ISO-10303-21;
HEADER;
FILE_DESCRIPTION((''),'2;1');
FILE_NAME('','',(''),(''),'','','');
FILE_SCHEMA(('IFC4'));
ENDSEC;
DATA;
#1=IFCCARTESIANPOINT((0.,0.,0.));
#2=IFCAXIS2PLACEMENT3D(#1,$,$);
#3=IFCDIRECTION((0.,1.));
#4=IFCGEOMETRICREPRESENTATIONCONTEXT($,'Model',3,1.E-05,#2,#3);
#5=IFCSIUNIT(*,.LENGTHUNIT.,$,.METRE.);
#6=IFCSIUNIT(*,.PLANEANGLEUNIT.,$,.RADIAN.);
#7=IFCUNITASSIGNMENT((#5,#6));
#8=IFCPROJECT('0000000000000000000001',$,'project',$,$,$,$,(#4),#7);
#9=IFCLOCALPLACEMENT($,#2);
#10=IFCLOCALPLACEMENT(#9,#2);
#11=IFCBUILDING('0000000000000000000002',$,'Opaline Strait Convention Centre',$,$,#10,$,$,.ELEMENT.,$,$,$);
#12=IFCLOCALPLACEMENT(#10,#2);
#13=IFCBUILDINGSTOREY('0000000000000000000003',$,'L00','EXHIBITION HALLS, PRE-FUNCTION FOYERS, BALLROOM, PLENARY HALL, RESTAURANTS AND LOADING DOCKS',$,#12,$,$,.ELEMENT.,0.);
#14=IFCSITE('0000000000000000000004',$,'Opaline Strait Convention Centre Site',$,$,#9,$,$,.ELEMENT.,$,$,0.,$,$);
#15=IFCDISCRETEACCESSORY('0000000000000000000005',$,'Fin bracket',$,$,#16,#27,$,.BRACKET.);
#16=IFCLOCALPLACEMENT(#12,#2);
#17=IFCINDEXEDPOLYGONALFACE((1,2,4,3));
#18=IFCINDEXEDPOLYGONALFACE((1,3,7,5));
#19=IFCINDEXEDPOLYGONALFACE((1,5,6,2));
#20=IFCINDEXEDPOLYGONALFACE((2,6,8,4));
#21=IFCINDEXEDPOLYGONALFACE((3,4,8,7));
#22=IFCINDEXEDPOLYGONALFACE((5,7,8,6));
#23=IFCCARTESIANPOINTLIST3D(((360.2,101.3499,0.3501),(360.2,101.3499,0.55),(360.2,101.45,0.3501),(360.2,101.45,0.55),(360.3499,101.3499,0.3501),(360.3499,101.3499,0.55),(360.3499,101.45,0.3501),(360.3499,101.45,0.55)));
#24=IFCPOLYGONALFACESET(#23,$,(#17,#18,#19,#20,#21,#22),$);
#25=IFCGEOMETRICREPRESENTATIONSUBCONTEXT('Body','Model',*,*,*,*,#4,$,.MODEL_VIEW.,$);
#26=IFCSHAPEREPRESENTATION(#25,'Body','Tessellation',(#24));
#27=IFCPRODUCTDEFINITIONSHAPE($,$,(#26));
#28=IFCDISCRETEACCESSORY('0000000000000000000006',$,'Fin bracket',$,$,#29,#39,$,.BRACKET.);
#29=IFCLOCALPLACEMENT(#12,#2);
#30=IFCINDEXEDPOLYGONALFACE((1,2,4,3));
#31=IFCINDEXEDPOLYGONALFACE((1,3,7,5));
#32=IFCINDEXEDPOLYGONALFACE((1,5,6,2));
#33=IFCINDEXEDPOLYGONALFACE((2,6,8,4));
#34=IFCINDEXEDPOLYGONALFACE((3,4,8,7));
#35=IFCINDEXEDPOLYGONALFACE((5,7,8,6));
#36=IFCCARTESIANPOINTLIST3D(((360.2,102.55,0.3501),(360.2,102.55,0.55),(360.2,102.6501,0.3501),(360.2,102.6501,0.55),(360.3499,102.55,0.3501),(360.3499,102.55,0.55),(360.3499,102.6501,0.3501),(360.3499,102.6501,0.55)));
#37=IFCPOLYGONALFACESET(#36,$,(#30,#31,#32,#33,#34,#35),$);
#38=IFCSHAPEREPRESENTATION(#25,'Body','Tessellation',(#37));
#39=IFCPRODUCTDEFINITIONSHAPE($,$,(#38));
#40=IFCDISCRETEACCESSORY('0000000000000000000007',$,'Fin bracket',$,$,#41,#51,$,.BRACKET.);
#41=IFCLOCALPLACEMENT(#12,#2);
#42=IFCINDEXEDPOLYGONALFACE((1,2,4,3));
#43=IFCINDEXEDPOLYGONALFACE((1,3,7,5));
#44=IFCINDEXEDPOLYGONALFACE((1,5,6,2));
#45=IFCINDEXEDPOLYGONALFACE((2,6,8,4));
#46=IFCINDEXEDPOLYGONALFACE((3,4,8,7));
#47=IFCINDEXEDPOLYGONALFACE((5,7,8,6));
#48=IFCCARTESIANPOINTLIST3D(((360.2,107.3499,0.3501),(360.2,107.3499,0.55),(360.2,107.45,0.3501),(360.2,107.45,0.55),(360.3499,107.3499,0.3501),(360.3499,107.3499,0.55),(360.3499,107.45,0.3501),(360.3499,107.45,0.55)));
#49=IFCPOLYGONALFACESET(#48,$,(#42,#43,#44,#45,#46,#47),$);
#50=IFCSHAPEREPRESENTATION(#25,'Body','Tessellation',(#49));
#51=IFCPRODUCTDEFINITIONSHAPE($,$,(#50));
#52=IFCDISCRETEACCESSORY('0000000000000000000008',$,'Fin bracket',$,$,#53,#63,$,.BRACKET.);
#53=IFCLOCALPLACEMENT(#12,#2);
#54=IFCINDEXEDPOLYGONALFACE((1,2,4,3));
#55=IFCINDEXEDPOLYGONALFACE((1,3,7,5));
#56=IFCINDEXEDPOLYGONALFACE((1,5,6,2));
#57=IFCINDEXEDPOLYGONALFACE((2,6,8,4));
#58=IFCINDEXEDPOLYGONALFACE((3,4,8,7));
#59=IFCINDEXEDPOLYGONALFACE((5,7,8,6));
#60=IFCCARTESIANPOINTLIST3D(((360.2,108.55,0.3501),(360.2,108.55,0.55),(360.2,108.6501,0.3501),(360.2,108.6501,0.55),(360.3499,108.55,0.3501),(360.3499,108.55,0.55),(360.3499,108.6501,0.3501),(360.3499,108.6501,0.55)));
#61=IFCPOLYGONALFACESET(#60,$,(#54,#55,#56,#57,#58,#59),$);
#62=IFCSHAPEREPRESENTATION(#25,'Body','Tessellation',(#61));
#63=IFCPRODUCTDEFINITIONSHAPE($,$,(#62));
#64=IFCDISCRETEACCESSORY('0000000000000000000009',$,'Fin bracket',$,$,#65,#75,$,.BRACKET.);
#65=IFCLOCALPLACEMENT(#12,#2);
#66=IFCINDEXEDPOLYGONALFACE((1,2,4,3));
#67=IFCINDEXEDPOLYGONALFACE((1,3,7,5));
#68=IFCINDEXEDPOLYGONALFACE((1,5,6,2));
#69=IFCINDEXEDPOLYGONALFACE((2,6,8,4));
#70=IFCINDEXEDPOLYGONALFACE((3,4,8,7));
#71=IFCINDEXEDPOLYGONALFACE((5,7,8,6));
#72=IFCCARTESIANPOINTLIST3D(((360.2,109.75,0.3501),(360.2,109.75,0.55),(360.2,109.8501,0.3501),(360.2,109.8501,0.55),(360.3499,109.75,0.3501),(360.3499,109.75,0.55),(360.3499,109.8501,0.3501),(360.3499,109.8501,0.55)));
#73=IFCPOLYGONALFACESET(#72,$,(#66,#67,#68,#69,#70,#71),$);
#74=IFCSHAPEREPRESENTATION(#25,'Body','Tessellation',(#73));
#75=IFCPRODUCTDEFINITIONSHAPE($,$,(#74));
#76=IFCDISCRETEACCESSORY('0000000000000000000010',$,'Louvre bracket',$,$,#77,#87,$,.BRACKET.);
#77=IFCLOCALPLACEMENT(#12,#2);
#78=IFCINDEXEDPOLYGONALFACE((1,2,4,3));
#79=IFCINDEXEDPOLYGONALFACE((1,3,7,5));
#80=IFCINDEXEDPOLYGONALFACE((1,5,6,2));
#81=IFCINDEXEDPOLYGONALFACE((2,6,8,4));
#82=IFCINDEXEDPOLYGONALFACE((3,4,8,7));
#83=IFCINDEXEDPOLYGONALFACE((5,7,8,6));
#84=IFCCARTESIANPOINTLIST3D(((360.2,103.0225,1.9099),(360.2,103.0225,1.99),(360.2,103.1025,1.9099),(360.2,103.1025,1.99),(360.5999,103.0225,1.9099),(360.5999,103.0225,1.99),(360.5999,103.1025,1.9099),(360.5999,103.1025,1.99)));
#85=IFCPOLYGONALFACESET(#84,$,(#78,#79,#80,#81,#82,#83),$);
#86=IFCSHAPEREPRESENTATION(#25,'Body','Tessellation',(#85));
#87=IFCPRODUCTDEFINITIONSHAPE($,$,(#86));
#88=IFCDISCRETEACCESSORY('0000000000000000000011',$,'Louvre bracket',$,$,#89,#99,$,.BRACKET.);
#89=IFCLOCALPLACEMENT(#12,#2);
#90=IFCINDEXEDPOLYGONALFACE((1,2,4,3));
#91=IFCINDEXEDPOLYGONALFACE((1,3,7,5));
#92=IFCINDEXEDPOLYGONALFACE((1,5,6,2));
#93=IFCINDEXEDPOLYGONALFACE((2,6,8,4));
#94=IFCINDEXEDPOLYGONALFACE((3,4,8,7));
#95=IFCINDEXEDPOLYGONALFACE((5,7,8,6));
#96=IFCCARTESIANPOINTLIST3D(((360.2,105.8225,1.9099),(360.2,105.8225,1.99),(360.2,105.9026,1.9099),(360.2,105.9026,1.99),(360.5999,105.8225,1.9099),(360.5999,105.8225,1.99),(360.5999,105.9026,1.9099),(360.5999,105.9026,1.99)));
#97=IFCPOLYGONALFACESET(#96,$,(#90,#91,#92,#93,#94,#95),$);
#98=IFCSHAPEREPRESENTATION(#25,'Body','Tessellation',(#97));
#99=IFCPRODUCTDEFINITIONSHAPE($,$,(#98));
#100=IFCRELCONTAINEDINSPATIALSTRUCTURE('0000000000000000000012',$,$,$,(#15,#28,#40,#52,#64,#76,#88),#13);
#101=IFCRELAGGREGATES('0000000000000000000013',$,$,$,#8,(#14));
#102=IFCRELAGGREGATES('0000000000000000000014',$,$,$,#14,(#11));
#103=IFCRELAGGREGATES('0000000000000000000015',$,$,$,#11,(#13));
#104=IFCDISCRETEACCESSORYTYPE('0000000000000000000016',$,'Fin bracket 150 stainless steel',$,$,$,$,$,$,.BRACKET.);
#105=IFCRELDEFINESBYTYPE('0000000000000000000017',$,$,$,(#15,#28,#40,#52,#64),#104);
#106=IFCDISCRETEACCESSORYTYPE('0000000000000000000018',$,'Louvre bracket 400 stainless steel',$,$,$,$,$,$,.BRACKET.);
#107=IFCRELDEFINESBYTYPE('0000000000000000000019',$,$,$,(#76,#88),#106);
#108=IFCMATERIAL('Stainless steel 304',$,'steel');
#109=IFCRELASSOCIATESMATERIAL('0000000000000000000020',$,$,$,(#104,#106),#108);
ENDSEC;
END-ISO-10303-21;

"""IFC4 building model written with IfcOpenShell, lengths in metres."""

from ifc_helpers import new_model, si_unit, direction, frame, origin, origin_2d, place, context, subcontext, project, spatial, rectangle, extrude, material, type_object, element, save


model = new_model("IFC4")

# Units and contexts
model_context = context("Model", 3, precision=1e-05, world=origin(), true_north=direction((0.0, 1.0)))
body_context = subcontext(model_context, "Body", "Model", "MODEL_VIEW")
ifc_project = project(units=[si_unit("LENGTHUNIT", "METRE"), si_unit("PLANEANGLEUNIT", "RADIAN")], contexts=[model_context])

# Site, building, storey
site_placement = place(None, origin())
site = spatial("IfcSite", under=ifc_project, at=site_placement, Name="Opaline Strait Convention Centre Site", CompositionType="ELEMENT", RefElevation=0.0)
building_placement = place(site_placement, origin())
building = spatial("IfcBuilding", under=site, at=building_placement, Name="Opaline Strait Convention Centre", CompositionType="ELEMENT")
storey_placement = place(building_placement, origin())
storey = spatial("IfcBuildingStorey", under=building, at=storey_placement, Name="L00", Description="EXHIBITION HALLS, PRE-FUNCTION FOYERS, BALLROOM, PLENARY HALL, RESTAURANTS AND LOADING DOCKS", CompositionType="ELEMENT", Elevation=0.0)

# Discrete accessories
ifc_material_1 = material(Name="Stainless steel 304", Category="steel")
discrete_accessory_type_1 = type_object("IfcDiscreteAccessoryType", Name="Fin bracket 150 stainless steel", PredefinedType="BRACKET", material=ifc_material_1)
for number, where, z_axis, x_axis, name in (
    (1, (360.2749, 101.3999, 0.3501), (0.0, 0.0, 1.0), (1.0, 0.0, 0.0), "Fin bracket"),
    (2, (360.2749, 102.6001, 0.3501), (0.0, 0.0, 1.0), (1.0, 0.0, 0.0), "Fin bracket"),
    (3, (360.2749, 107.3999, 0.3501), (0.0, 0.0, 1.0), (1.0, 0.0, 0.0), "Fin bracket"),
    (4, (360.2749, 108.6001, 0.3501), (0.0, 0.0, 1.0), (1.0, 0.0, 0.0), "Fin bracket"),
    (5, (360.2749, 109.8, 0.3501), (0.0, 0.0, 1.0), (1.0, 0.0, 0.0), "Fin bracket"),
):
    element("IfcDiscreteAccessory", number, at=place(storey_placement, frame(where, z_axis=z_axis, x_axis=x_axis)), inside=storey, type_object=discrete_accessory_type_1, Name=name, PredefinedType="BRACKET", context=body_context, shape_type="SweptSolid", body=[
        extrude(rectangle(XDim=0.1499, YDim=0.1001, at=origin_2d()), origin(), (0.0, 0.0, 1.0), 0.2),
    ])
discrete_accessory_type_2 = type_object("IfcDiscreteAccessoryType", Name="Louvre bracket 400 stainless steel", PredefinedType="BRACKET", material=ifc_material_1)
for number, where, z_axis, x_axis, name in (
    (6, (360.3999, 103.0625, 1.9099), (0.0, 0.0, 1.0), (1.0, 0.0, 0.0), "Louvre bracket"),
    (7, (360.3999, 105.8625, 1.9099), (0.0, 0.0, 1.0), (1.0, 0.0, 0.0), "Louvre bracket"),
):
    element("IfcDiscreteAccessory", number, at=place(storey_placement, frame(where, z_axis=z_axis, x_axis=x_axis)), inside=storey, type_object=discrete_accessory_type_2, Name=name, PredefinedType="BRACKET", context=body_context, shape_type="SweptSolid", body=[
        extrude(rectangle(XDim=0.3999, YDim=0.0801, at=origin_2d()), origin(), (0.0, 0.0, 1.0), 0.0801),
    ])

save(model, "model.ifc")
